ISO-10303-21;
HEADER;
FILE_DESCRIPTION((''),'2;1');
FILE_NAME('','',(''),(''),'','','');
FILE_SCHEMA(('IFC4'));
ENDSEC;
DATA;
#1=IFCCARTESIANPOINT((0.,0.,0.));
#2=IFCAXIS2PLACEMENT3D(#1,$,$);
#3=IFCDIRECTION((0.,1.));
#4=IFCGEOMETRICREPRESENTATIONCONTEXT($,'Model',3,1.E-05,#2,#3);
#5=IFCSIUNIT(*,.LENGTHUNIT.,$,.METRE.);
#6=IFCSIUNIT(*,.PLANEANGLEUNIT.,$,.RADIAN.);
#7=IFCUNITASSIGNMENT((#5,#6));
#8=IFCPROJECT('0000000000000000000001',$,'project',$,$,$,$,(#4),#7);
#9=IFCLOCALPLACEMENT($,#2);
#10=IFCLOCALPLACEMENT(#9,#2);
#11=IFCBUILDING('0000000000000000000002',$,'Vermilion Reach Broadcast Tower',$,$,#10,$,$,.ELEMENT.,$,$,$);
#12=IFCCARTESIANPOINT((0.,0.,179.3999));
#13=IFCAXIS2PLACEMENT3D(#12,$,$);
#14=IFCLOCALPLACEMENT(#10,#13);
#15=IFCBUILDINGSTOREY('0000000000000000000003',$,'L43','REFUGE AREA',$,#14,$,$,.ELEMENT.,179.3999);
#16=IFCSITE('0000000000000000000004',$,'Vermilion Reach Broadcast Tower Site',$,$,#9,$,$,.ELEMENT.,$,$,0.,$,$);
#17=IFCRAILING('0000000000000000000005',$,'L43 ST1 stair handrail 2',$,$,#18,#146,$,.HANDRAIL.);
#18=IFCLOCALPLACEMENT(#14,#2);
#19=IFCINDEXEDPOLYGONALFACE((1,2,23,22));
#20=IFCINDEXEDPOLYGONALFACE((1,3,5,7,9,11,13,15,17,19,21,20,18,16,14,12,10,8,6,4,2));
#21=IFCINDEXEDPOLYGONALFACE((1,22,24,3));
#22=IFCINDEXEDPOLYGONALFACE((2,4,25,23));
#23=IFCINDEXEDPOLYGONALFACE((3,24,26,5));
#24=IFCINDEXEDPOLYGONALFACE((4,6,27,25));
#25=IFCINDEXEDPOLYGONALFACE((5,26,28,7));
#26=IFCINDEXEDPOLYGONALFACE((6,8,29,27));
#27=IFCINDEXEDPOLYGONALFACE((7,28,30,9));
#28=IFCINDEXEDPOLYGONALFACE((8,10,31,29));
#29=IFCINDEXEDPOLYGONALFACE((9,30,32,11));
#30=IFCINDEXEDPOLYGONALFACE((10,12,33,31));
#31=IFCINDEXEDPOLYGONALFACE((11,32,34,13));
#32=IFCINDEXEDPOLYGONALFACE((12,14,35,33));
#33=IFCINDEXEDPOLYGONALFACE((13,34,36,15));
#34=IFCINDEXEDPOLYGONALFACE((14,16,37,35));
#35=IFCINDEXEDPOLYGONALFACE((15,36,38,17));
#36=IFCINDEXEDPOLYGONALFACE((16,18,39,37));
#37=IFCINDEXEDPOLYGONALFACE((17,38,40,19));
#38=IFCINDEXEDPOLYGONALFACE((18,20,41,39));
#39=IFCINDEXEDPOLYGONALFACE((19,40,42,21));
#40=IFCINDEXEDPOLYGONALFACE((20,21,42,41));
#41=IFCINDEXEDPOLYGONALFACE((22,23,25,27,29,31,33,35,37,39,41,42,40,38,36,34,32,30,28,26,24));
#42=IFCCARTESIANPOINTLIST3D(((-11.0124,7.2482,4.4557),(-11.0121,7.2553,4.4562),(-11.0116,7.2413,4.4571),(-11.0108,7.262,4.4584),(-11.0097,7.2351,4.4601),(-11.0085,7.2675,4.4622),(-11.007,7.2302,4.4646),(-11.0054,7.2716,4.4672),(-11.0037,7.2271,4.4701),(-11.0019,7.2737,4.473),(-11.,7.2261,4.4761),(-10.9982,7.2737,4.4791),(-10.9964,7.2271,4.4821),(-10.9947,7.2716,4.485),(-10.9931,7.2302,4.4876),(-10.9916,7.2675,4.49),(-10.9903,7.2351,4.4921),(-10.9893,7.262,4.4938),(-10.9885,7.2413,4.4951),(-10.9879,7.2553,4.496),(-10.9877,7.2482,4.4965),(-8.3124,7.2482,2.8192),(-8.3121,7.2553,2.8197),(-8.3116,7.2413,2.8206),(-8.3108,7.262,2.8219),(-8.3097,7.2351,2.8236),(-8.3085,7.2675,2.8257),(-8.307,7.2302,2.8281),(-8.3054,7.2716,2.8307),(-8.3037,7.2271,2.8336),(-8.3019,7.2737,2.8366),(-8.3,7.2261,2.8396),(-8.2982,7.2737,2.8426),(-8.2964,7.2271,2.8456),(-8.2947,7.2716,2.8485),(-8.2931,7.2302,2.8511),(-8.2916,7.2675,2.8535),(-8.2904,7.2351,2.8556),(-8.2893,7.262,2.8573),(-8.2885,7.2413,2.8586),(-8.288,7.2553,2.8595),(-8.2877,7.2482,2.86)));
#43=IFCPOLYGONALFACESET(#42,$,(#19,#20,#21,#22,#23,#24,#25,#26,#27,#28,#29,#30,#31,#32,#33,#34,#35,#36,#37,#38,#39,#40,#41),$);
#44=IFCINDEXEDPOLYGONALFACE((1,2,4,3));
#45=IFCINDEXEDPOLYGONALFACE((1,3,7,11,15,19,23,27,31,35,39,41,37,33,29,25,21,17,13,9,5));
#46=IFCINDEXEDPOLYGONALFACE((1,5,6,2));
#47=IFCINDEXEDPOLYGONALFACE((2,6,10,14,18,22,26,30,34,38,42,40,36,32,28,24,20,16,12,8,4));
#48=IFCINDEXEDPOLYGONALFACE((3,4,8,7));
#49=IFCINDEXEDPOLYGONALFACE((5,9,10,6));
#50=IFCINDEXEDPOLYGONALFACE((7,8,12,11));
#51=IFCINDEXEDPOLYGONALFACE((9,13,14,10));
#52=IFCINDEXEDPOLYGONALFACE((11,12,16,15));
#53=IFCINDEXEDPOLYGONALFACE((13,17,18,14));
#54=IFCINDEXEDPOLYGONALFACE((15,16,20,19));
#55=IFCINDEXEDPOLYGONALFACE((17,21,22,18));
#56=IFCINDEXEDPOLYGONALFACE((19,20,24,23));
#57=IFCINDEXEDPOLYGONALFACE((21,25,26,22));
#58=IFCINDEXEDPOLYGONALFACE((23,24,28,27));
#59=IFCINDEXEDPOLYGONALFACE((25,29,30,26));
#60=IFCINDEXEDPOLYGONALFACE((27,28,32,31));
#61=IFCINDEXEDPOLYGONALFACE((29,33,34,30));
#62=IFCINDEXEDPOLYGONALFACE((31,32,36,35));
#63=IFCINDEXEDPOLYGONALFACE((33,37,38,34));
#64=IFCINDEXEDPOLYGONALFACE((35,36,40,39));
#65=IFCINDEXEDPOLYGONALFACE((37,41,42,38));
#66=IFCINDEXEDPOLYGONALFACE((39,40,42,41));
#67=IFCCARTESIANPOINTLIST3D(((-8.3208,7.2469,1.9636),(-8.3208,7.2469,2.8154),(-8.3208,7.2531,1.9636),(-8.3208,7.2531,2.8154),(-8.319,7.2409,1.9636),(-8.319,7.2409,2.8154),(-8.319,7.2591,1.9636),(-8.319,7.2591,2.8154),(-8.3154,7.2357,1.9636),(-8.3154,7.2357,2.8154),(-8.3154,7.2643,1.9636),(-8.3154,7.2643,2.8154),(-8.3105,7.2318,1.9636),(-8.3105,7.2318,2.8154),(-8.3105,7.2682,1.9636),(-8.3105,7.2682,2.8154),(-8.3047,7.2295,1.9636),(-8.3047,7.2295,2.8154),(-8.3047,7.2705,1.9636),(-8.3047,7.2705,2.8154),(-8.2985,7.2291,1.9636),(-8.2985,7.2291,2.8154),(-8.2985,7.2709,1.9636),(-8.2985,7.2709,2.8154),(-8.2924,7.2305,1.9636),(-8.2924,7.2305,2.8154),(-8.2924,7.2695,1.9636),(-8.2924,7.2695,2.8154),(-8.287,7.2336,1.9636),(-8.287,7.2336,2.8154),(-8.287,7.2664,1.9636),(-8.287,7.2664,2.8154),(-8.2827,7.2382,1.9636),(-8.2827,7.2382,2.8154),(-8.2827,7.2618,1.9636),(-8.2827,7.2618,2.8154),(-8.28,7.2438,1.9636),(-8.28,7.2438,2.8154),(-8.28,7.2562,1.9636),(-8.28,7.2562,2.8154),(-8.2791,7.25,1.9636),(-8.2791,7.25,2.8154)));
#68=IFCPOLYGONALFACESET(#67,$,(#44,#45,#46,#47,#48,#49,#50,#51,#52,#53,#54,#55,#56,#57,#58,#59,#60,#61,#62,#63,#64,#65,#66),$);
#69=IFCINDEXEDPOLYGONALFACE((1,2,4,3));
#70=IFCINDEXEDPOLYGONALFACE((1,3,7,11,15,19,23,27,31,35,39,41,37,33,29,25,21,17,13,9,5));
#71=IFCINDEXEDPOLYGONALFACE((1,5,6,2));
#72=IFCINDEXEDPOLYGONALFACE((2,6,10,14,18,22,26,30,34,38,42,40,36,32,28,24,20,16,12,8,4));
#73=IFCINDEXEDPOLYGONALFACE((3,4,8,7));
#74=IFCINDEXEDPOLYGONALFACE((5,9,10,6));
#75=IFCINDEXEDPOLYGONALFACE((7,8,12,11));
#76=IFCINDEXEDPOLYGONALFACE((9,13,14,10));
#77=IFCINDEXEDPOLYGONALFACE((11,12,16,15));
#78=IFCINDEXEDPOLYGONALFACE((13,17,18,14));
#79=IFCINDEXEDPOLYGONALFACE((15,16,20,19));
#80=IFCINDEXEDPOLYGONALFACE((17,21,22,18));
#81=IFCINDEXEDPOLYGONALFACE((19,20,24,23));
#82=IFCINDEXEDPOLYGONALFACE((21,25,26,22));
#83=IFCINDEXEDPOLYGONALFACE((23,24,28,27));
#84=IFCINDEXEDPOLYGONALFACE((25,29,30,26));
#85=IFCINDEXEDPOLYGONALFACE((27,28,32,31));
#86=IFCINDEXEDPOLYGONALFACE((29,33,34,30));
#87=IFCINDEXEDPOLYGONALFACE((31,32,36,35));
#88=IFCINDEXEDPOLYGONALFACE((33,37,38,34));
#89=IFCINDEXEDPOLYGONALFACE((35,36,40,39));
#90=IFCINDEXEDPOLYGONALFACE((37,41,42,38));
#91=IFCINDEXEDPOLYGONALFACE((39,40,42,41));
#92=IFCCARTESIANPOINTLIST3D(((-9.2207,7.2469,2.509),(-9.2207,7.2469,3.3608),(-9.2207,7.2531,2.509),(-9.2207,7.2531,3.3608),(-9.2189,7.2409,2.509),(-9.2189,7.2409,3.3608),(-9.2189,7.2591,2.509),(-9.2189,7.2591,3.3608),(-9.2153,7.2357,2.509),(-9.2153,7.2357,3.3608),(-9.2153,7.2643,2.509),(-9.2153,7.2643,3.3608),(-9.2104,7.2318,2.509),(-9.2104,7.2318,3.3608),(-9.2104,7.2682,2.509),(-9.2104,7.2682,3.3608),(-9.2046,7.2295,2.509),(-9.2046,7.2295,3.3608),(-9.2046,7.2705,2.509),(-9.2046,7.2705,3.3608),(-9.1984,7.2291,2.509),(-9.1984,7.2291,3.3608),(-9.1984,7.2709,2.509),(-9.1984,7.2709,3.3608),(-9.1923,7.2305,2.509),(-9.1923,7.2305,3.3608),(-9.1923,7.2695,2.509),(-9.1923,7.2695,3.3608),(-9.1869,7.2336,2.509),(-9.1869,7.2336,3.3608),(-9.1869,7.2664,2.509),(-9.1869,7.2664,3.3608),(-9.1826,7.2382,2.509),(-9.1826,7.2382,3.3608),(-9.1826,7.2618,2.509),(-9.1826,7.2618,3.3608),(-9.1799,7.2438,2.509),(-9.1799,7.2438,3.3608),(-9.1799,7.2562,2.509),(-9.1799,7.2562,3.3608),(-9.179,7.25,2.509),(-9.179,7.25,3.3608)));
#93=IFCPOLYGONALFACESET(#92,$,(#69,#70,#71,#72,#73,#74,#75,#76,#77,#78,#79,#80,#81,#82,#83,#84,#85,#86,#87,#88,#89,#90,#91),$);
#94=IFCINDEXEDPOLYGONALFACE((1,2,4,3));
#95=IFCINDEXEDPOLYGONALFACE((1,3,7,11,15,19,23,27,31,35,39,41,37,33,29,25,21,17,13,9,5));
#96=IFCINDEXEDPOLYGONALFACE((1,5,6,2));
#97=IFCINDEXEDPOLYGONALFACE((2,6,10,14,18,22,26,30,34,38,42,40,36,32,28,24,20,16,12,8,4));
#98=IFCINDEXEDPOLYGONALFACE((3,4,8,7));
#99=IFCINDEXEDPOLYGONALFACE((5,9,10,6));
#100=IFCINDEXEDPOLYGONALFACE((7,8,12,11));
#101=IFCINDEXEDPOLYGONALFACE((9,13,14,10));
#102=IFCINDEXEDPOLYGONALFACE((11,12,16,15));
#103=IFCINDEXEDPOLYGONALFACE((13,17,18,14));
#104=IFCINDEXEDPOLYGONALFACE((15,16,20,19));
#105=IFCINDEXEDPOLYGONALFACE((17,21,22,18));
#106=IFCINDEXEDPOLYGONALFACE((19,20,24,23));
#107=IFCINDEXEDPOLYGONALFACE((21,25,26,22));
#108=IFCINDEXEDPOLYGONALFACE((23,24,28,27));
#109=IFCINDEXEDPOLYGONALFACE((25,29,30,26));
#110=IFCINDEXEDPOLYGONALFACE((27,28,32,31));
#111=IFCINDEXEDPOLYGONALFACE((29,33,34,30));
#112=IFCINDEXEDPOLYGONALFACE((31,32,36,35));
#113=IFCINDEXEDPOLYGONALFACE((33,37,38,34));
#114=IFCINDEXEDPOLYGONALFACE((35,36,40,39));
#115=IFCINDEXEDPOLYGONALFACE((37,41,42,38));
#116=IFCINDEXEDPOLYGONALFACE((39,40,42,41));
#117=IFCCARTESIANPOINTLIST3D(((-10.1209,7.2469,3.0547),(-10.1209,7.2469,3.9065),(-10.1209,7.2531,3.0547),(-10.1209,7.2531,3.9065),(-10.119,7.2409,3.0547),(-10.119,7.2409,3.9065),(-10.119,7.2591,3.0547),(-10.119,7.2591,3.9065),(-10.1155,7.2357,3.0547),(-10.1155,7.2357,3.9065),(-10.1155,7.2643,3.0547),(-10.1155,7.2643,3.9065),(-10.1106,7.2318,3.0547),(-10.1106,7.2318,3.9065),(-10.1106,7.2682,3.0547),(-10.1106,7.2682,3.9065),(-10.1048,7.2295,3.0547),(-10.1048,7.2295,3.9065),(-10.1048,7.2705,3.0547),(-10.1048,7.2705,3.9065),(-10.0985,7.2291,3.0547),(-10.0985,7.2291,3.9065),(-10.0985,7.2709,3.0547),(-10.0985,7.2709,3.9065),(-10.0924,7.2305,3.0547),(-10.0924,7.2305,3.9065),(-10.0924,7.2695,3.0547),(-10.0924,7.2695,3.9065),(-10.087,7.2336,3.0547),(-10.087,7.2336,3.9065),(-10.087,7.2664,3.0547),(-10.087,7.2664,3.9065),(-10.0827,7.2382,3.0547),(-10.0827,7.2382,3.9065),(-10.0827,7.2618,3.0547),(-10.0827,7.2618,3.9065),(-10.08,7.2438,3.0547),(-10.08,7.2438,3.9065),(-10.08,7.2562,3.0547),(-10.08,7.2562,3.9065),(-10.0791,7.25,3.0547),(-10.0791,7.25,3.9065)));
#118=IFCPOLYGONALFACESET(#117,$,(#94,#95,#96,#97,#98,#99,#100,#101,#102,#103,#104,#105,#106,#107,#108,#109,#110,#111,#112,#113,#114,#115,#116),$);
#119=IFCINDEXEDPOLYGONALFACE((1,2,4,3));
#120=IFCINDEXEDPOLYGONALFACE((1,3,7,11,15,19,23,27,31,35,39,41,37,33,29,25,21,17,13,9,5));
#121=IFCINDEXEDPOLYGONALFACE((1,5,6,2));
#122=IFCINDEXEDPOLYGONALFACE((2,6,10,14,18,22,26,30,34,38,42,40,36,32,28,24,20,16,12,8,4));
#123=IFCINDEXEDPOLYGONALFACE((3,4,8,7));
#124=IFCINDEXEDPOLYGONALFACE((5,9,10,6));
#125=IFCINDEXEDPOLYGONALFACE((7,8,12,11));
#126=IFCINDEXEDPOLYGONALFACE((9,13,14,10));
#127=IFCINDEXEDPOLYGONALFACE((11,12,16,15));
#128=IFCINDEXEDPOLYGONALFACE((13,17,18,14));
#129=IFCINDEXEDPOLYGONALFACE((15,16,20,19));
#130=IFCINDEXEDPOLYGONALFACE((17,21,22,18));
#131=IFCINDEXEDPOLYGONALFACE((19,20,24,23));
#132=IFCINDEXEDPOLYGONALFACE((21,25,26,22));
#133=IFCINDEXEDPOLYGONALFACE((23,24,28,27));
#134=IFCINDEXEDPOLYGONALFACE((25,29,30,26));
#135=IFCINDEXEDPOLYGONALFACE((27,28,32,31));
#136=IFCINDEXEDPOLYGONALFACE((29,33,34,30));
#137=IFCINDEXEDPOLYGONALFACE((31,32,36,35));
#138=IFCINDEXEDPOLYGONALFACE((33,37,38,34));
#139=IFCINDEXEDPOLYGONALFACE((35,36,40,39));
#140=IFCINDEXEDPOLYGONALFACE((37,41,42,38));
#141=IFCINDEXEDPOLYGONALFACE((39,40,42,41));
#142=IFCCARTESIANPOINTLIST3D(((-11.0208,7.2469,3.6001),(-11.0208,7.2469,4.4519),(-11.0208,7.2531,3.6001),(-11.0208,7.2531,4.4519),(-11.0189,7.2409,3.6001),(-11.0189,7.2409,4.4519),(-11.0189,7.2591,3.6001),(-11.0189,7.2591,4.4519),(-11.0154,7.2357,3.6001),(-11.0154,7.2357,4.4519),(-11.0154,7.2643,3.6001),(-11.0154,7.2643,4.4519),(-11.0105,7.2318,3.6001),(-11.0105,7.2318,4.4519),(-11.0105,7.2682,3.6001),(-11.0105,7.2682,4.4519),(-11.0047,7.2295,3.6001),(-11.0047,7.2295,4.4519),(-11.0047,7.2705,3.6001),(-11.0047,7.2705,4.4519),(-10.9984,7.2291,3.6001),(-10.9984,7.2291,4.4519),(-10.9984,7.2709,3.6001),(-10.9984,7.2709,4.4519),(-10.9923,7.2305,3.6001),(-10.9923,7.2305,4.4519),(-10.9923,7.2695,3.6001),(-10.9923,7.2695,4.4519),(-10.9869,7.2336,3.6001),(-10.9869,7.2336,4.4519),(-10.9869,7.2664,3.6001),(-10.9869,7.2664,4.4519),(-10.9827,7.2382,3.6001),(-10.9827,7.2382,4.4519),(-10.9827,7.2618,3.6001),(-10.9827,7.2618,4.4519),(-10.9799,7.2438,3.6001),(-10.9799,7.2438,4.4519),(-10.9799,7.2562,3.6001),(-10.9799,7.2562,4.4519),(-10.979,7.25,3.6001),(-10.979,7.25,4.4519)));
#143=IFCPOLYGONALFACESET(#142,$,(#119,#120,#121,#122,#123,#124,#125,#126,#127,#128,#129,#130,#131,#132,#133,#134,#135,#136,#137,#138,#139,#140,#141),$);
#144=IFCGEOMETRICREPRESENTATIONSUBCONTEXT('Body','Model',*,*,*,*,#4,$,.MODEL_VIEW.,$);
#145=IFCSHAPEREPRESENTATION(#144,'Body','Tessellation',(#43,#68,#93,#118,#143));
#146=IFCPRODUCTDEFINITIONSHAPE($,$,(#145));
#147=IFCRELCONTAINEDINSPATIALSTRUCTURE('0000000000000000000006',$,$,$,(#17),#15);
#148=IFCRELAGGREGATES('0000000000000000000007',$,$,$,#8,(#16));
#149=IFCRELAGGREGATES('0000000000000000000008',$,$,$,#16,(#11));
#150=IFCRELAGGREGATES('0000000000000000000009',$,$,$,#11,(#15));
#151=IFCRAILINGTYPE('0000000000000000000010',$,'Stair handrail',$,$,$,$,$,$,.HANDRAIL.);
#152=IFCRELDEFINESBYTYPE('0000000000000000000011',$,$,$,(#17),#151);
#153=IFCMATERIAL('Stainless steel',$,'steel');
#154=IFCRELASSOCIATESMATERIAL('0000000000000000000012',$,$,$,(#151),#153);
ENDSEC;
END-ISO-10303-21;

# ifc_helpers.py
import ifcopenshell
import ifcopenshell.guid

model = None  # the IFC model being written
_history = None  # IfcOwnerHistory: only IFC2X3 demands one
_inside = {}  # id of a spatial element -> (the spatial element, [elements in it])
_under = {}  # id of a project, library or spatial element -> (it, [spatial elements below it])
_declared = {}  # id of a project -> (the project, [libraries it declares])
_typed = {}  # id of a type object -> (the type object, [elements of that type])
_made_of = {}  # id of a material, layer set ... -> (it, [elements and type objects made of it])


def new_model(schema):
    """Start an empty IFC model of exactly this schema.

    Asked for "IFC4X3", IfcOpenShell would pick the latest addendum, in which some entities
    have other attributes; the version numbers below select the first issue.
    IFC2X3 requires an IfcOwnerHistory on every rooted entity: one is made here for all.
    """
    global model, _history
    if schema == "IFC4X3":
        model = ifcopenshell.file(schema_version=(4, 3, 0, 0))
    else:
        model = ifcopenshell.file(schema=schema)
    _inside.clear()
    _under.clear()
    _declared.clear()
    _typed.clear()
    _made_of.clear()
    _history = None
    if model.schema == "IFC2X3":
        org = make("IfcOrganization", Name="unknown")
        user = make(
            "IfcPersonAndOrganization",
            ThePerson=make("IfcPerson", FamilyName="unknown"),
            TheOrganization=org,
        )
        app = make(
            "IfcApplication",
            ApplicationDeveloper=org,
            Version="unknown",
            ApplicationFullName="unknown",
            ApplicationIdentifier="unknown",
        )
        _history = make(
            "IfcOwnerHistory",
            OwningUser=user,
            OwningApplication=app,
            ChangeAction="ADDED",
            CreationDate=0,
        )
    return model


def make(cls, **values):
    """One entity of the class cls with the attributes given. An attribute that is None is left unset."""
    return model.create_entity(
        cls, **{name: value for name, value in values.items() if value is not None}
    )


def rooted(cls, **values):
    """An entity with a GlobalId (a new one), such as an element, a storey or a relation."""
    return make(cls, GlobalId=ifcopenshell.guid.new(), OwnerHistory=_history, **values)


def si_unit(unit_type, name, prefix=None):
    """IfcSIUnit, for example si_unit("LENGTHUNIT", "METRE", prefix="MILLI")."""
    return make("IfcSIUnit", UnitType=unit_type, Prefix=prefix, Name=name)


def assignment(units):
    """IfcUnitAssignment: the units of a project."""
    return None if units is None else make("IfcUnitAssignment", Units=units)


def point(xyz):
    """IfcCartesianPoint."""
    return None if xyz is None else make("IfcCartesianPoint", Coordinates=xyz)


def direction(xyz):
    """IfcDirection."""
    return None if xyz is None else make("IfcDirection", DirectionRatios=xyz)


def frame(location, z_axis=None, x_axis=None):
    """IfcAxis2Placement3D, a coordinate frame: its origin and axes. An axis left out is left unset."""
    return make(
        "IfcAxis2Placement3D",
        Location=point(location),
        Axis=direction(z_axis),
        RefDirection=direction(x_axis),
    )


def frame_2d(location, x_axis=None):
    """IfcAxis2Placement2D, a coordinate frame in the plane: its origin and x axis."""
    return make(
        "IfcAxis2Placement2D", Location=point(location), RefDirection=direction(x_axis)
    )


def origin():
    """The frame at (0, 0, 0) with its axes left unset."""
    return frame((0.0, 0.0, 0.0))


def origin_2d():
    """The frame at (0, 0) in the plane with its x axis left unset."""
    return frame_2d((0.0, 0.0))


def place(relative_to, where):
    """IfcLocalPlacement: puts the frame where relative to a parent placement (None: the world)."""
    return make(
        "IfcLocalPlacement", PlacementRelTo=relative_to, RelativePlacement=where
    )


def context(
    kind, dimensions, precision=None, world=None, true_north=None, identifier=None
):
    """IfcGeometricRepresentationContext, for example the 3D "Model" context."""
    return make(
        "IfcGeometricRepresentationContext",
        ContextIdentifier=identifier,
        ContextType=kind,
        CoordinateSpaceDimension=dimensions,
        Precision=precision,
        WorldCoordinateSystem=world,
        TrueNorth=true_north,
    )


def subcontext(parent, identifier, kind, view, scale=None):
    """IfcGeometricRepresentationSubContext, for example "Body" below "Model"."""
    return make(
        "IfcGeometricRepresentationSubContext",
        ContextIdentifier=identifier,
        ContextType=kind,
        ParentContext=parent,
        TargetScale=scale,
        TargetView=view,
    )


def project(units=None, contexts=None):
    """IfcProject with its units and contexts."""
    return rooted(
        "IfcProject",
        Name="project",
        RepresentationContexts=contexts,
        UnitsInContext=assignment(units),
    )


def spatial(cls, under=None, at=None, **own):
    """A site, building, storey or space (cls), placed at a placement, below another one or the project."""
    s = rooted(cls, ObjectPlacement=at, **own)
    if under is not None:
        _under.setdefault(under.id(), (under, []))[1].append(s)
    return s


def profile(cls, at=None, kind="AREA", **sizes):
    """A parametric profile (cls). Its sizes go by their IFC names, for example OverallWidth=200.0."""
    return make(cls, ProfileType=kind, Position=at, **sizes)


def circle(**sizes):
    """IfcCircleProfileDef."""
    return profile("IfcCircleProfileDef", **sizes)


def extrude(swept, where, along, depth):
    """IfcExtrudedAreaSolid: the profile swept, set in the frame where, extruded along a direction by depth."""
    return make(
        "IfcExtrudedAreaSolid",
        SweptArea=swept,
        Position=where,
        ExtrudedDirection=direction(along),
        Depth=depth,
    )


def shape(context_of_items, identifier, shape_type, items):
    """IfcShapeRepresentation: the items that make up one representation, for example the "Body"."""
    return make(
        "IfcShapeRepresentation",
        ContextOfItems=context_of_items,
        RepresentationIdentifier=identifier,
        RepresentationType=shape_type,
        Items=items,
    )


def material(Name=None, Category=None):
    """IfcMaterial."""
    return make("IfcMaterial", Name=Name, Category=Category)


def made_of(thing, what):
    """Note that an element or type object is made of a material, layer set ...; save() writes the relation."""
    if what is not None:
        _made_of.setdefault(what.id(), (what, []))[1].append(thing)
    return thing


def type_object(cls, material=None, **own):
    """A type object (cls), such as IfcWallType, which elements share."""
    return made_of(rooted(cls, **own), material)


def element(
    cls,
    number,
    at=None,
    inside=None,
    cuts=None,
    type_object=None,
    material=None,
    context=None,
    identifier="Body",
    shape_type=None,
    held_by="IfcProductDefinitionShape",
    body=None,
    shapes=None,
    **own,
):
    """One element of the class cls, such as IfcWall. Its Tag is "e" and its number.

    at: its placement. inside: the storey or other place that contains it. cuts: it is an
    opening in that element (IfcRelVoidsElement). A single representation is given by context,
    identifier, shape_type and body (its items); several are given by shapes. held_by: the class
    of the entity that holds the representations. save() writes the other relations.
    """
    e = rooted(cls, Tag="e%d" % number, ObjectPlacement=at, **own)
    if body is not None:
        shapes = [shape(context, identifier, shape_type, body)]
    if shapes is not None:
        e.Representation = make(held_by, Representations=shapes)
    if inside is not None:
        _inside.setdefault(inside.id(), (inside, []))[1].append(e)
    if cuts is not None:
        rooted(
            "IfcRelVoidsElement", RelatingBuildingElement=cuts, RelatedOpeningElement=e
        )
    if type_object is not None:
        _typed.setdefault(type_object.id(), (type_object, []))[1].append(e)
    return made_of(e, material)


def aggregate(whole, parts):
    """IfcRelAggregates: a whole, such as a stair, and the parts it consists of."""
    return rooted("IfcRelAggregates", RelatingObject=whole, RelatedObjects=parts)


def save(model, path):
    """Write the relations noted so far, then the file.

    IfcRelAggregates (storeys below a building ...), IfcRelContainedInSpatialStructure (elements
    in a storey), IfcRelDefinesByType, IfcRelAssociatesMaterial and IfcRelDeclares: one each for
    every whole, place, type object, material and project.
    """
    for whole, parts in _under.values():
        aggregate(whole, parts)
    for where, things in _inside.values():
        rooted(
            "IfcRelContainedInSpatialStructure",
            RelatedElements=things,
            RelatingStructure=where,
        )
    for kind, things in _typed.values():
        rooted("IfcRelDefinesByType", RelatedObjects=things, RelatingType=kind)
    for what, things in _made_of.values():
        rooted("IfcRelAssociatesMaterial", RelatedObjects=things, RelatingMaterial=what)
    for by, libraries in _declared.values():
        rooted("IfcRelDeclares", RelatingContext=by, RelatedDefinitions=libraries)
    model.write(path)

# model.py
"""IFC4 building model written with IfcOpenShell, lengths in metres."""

from ifc_helpers import new_model, si_unit, direction, frame, origin, origin_2d, place, context, subcontext, project, spatial, circle, extrude, material, type_object, element, save


model = new_model("IFC4")

# Units and contexts
model_context = context("Model", 3, precision=1e-05, world=origin(), true_north=direction((0.0, 1.0)))
body_context = subcontext(model_context, "Body", "Model", "MODEL_VIEW")
ifc_project = project(units=[si_unit("LENGTHUNIT", "METRE"), si_unit("PLANEANGLEUNIT", "RADIAN")], contexts=[model_context])

# Site, building, storey
site_placement = place(None, origin())
site = spatial("IfcSite", under=ifc_project, at=site_placement, Name="Vermilion Reach Broadcast Tower Site", CompositionType="ELEMENT", RefElevation=0.0)
building_placement = place(site_placement, origin())
building = spatial("IfcBuilding", under=site, at=building_placement, Name="Vermilion Reach Broadcast Tower", CompositionType="ELEMENT")
storey_placement = place(building_placement, frame((0.0, 0.0, 179.3999)))
storey = spatial("IfcBuildingStorey", under=building, at=storey_placement, Name="L43", Description="REFUGE AREA", CompositionType="ELEMENT", Elevation=179.3999)

# Railing
ifc_material_1 = material(Name="Stainless steel", Category="steel")
railing_type_1 = type_object("IfcRailingType", Name="Stair handrail", PredefinedType="HANDRAIL", material=ifc_material_1)
railing_1_placement = place(storey_placement, frame((-8.3, 7.25, 1.9636)))
element("IfcRailing", 1, at=railing_1_placement, inside=storey, type_object=railing_type_1, Name="L43 ST1 stair handrail 2", PredefinedType="HANDRAIL", context=body_context, shape_type="SweptSolid", body=[
    extrude(circle(Radius=0.0239, at=origin_2d()), frame((0.0, 0.0, 0.876), z_axis=(-0.855178, 0.0, 0.518334), x_axis=(0.0, -1.0, 0.0)), (0.0, 0.0, 1.0), 3.1572),
    extrude(circle(Radius=0.021, at=origin_2d()), origin(), (0.0, 0.0, 1.0), 0.8518),
    extrude(circle(Radius=0.021, at=origin_2d()), frame((-0.8999, 0.0, 0.5454)), (0.0, 0.0, 1.0), 0.8518),
    extrude(circle(Radius=0.021, at=origin_2d()), frame((-1.8, 0.0, 1.0911)), (0.0, 0.0, 1.0), 0.8518),
    extrude(circle(Radius=0.021, at=origin_2d()), frame((-2.7, 0.0, 1.6365)), (0.0, 0.0, 1.0), 0.8518),
])

save(model, "model.ifc")
